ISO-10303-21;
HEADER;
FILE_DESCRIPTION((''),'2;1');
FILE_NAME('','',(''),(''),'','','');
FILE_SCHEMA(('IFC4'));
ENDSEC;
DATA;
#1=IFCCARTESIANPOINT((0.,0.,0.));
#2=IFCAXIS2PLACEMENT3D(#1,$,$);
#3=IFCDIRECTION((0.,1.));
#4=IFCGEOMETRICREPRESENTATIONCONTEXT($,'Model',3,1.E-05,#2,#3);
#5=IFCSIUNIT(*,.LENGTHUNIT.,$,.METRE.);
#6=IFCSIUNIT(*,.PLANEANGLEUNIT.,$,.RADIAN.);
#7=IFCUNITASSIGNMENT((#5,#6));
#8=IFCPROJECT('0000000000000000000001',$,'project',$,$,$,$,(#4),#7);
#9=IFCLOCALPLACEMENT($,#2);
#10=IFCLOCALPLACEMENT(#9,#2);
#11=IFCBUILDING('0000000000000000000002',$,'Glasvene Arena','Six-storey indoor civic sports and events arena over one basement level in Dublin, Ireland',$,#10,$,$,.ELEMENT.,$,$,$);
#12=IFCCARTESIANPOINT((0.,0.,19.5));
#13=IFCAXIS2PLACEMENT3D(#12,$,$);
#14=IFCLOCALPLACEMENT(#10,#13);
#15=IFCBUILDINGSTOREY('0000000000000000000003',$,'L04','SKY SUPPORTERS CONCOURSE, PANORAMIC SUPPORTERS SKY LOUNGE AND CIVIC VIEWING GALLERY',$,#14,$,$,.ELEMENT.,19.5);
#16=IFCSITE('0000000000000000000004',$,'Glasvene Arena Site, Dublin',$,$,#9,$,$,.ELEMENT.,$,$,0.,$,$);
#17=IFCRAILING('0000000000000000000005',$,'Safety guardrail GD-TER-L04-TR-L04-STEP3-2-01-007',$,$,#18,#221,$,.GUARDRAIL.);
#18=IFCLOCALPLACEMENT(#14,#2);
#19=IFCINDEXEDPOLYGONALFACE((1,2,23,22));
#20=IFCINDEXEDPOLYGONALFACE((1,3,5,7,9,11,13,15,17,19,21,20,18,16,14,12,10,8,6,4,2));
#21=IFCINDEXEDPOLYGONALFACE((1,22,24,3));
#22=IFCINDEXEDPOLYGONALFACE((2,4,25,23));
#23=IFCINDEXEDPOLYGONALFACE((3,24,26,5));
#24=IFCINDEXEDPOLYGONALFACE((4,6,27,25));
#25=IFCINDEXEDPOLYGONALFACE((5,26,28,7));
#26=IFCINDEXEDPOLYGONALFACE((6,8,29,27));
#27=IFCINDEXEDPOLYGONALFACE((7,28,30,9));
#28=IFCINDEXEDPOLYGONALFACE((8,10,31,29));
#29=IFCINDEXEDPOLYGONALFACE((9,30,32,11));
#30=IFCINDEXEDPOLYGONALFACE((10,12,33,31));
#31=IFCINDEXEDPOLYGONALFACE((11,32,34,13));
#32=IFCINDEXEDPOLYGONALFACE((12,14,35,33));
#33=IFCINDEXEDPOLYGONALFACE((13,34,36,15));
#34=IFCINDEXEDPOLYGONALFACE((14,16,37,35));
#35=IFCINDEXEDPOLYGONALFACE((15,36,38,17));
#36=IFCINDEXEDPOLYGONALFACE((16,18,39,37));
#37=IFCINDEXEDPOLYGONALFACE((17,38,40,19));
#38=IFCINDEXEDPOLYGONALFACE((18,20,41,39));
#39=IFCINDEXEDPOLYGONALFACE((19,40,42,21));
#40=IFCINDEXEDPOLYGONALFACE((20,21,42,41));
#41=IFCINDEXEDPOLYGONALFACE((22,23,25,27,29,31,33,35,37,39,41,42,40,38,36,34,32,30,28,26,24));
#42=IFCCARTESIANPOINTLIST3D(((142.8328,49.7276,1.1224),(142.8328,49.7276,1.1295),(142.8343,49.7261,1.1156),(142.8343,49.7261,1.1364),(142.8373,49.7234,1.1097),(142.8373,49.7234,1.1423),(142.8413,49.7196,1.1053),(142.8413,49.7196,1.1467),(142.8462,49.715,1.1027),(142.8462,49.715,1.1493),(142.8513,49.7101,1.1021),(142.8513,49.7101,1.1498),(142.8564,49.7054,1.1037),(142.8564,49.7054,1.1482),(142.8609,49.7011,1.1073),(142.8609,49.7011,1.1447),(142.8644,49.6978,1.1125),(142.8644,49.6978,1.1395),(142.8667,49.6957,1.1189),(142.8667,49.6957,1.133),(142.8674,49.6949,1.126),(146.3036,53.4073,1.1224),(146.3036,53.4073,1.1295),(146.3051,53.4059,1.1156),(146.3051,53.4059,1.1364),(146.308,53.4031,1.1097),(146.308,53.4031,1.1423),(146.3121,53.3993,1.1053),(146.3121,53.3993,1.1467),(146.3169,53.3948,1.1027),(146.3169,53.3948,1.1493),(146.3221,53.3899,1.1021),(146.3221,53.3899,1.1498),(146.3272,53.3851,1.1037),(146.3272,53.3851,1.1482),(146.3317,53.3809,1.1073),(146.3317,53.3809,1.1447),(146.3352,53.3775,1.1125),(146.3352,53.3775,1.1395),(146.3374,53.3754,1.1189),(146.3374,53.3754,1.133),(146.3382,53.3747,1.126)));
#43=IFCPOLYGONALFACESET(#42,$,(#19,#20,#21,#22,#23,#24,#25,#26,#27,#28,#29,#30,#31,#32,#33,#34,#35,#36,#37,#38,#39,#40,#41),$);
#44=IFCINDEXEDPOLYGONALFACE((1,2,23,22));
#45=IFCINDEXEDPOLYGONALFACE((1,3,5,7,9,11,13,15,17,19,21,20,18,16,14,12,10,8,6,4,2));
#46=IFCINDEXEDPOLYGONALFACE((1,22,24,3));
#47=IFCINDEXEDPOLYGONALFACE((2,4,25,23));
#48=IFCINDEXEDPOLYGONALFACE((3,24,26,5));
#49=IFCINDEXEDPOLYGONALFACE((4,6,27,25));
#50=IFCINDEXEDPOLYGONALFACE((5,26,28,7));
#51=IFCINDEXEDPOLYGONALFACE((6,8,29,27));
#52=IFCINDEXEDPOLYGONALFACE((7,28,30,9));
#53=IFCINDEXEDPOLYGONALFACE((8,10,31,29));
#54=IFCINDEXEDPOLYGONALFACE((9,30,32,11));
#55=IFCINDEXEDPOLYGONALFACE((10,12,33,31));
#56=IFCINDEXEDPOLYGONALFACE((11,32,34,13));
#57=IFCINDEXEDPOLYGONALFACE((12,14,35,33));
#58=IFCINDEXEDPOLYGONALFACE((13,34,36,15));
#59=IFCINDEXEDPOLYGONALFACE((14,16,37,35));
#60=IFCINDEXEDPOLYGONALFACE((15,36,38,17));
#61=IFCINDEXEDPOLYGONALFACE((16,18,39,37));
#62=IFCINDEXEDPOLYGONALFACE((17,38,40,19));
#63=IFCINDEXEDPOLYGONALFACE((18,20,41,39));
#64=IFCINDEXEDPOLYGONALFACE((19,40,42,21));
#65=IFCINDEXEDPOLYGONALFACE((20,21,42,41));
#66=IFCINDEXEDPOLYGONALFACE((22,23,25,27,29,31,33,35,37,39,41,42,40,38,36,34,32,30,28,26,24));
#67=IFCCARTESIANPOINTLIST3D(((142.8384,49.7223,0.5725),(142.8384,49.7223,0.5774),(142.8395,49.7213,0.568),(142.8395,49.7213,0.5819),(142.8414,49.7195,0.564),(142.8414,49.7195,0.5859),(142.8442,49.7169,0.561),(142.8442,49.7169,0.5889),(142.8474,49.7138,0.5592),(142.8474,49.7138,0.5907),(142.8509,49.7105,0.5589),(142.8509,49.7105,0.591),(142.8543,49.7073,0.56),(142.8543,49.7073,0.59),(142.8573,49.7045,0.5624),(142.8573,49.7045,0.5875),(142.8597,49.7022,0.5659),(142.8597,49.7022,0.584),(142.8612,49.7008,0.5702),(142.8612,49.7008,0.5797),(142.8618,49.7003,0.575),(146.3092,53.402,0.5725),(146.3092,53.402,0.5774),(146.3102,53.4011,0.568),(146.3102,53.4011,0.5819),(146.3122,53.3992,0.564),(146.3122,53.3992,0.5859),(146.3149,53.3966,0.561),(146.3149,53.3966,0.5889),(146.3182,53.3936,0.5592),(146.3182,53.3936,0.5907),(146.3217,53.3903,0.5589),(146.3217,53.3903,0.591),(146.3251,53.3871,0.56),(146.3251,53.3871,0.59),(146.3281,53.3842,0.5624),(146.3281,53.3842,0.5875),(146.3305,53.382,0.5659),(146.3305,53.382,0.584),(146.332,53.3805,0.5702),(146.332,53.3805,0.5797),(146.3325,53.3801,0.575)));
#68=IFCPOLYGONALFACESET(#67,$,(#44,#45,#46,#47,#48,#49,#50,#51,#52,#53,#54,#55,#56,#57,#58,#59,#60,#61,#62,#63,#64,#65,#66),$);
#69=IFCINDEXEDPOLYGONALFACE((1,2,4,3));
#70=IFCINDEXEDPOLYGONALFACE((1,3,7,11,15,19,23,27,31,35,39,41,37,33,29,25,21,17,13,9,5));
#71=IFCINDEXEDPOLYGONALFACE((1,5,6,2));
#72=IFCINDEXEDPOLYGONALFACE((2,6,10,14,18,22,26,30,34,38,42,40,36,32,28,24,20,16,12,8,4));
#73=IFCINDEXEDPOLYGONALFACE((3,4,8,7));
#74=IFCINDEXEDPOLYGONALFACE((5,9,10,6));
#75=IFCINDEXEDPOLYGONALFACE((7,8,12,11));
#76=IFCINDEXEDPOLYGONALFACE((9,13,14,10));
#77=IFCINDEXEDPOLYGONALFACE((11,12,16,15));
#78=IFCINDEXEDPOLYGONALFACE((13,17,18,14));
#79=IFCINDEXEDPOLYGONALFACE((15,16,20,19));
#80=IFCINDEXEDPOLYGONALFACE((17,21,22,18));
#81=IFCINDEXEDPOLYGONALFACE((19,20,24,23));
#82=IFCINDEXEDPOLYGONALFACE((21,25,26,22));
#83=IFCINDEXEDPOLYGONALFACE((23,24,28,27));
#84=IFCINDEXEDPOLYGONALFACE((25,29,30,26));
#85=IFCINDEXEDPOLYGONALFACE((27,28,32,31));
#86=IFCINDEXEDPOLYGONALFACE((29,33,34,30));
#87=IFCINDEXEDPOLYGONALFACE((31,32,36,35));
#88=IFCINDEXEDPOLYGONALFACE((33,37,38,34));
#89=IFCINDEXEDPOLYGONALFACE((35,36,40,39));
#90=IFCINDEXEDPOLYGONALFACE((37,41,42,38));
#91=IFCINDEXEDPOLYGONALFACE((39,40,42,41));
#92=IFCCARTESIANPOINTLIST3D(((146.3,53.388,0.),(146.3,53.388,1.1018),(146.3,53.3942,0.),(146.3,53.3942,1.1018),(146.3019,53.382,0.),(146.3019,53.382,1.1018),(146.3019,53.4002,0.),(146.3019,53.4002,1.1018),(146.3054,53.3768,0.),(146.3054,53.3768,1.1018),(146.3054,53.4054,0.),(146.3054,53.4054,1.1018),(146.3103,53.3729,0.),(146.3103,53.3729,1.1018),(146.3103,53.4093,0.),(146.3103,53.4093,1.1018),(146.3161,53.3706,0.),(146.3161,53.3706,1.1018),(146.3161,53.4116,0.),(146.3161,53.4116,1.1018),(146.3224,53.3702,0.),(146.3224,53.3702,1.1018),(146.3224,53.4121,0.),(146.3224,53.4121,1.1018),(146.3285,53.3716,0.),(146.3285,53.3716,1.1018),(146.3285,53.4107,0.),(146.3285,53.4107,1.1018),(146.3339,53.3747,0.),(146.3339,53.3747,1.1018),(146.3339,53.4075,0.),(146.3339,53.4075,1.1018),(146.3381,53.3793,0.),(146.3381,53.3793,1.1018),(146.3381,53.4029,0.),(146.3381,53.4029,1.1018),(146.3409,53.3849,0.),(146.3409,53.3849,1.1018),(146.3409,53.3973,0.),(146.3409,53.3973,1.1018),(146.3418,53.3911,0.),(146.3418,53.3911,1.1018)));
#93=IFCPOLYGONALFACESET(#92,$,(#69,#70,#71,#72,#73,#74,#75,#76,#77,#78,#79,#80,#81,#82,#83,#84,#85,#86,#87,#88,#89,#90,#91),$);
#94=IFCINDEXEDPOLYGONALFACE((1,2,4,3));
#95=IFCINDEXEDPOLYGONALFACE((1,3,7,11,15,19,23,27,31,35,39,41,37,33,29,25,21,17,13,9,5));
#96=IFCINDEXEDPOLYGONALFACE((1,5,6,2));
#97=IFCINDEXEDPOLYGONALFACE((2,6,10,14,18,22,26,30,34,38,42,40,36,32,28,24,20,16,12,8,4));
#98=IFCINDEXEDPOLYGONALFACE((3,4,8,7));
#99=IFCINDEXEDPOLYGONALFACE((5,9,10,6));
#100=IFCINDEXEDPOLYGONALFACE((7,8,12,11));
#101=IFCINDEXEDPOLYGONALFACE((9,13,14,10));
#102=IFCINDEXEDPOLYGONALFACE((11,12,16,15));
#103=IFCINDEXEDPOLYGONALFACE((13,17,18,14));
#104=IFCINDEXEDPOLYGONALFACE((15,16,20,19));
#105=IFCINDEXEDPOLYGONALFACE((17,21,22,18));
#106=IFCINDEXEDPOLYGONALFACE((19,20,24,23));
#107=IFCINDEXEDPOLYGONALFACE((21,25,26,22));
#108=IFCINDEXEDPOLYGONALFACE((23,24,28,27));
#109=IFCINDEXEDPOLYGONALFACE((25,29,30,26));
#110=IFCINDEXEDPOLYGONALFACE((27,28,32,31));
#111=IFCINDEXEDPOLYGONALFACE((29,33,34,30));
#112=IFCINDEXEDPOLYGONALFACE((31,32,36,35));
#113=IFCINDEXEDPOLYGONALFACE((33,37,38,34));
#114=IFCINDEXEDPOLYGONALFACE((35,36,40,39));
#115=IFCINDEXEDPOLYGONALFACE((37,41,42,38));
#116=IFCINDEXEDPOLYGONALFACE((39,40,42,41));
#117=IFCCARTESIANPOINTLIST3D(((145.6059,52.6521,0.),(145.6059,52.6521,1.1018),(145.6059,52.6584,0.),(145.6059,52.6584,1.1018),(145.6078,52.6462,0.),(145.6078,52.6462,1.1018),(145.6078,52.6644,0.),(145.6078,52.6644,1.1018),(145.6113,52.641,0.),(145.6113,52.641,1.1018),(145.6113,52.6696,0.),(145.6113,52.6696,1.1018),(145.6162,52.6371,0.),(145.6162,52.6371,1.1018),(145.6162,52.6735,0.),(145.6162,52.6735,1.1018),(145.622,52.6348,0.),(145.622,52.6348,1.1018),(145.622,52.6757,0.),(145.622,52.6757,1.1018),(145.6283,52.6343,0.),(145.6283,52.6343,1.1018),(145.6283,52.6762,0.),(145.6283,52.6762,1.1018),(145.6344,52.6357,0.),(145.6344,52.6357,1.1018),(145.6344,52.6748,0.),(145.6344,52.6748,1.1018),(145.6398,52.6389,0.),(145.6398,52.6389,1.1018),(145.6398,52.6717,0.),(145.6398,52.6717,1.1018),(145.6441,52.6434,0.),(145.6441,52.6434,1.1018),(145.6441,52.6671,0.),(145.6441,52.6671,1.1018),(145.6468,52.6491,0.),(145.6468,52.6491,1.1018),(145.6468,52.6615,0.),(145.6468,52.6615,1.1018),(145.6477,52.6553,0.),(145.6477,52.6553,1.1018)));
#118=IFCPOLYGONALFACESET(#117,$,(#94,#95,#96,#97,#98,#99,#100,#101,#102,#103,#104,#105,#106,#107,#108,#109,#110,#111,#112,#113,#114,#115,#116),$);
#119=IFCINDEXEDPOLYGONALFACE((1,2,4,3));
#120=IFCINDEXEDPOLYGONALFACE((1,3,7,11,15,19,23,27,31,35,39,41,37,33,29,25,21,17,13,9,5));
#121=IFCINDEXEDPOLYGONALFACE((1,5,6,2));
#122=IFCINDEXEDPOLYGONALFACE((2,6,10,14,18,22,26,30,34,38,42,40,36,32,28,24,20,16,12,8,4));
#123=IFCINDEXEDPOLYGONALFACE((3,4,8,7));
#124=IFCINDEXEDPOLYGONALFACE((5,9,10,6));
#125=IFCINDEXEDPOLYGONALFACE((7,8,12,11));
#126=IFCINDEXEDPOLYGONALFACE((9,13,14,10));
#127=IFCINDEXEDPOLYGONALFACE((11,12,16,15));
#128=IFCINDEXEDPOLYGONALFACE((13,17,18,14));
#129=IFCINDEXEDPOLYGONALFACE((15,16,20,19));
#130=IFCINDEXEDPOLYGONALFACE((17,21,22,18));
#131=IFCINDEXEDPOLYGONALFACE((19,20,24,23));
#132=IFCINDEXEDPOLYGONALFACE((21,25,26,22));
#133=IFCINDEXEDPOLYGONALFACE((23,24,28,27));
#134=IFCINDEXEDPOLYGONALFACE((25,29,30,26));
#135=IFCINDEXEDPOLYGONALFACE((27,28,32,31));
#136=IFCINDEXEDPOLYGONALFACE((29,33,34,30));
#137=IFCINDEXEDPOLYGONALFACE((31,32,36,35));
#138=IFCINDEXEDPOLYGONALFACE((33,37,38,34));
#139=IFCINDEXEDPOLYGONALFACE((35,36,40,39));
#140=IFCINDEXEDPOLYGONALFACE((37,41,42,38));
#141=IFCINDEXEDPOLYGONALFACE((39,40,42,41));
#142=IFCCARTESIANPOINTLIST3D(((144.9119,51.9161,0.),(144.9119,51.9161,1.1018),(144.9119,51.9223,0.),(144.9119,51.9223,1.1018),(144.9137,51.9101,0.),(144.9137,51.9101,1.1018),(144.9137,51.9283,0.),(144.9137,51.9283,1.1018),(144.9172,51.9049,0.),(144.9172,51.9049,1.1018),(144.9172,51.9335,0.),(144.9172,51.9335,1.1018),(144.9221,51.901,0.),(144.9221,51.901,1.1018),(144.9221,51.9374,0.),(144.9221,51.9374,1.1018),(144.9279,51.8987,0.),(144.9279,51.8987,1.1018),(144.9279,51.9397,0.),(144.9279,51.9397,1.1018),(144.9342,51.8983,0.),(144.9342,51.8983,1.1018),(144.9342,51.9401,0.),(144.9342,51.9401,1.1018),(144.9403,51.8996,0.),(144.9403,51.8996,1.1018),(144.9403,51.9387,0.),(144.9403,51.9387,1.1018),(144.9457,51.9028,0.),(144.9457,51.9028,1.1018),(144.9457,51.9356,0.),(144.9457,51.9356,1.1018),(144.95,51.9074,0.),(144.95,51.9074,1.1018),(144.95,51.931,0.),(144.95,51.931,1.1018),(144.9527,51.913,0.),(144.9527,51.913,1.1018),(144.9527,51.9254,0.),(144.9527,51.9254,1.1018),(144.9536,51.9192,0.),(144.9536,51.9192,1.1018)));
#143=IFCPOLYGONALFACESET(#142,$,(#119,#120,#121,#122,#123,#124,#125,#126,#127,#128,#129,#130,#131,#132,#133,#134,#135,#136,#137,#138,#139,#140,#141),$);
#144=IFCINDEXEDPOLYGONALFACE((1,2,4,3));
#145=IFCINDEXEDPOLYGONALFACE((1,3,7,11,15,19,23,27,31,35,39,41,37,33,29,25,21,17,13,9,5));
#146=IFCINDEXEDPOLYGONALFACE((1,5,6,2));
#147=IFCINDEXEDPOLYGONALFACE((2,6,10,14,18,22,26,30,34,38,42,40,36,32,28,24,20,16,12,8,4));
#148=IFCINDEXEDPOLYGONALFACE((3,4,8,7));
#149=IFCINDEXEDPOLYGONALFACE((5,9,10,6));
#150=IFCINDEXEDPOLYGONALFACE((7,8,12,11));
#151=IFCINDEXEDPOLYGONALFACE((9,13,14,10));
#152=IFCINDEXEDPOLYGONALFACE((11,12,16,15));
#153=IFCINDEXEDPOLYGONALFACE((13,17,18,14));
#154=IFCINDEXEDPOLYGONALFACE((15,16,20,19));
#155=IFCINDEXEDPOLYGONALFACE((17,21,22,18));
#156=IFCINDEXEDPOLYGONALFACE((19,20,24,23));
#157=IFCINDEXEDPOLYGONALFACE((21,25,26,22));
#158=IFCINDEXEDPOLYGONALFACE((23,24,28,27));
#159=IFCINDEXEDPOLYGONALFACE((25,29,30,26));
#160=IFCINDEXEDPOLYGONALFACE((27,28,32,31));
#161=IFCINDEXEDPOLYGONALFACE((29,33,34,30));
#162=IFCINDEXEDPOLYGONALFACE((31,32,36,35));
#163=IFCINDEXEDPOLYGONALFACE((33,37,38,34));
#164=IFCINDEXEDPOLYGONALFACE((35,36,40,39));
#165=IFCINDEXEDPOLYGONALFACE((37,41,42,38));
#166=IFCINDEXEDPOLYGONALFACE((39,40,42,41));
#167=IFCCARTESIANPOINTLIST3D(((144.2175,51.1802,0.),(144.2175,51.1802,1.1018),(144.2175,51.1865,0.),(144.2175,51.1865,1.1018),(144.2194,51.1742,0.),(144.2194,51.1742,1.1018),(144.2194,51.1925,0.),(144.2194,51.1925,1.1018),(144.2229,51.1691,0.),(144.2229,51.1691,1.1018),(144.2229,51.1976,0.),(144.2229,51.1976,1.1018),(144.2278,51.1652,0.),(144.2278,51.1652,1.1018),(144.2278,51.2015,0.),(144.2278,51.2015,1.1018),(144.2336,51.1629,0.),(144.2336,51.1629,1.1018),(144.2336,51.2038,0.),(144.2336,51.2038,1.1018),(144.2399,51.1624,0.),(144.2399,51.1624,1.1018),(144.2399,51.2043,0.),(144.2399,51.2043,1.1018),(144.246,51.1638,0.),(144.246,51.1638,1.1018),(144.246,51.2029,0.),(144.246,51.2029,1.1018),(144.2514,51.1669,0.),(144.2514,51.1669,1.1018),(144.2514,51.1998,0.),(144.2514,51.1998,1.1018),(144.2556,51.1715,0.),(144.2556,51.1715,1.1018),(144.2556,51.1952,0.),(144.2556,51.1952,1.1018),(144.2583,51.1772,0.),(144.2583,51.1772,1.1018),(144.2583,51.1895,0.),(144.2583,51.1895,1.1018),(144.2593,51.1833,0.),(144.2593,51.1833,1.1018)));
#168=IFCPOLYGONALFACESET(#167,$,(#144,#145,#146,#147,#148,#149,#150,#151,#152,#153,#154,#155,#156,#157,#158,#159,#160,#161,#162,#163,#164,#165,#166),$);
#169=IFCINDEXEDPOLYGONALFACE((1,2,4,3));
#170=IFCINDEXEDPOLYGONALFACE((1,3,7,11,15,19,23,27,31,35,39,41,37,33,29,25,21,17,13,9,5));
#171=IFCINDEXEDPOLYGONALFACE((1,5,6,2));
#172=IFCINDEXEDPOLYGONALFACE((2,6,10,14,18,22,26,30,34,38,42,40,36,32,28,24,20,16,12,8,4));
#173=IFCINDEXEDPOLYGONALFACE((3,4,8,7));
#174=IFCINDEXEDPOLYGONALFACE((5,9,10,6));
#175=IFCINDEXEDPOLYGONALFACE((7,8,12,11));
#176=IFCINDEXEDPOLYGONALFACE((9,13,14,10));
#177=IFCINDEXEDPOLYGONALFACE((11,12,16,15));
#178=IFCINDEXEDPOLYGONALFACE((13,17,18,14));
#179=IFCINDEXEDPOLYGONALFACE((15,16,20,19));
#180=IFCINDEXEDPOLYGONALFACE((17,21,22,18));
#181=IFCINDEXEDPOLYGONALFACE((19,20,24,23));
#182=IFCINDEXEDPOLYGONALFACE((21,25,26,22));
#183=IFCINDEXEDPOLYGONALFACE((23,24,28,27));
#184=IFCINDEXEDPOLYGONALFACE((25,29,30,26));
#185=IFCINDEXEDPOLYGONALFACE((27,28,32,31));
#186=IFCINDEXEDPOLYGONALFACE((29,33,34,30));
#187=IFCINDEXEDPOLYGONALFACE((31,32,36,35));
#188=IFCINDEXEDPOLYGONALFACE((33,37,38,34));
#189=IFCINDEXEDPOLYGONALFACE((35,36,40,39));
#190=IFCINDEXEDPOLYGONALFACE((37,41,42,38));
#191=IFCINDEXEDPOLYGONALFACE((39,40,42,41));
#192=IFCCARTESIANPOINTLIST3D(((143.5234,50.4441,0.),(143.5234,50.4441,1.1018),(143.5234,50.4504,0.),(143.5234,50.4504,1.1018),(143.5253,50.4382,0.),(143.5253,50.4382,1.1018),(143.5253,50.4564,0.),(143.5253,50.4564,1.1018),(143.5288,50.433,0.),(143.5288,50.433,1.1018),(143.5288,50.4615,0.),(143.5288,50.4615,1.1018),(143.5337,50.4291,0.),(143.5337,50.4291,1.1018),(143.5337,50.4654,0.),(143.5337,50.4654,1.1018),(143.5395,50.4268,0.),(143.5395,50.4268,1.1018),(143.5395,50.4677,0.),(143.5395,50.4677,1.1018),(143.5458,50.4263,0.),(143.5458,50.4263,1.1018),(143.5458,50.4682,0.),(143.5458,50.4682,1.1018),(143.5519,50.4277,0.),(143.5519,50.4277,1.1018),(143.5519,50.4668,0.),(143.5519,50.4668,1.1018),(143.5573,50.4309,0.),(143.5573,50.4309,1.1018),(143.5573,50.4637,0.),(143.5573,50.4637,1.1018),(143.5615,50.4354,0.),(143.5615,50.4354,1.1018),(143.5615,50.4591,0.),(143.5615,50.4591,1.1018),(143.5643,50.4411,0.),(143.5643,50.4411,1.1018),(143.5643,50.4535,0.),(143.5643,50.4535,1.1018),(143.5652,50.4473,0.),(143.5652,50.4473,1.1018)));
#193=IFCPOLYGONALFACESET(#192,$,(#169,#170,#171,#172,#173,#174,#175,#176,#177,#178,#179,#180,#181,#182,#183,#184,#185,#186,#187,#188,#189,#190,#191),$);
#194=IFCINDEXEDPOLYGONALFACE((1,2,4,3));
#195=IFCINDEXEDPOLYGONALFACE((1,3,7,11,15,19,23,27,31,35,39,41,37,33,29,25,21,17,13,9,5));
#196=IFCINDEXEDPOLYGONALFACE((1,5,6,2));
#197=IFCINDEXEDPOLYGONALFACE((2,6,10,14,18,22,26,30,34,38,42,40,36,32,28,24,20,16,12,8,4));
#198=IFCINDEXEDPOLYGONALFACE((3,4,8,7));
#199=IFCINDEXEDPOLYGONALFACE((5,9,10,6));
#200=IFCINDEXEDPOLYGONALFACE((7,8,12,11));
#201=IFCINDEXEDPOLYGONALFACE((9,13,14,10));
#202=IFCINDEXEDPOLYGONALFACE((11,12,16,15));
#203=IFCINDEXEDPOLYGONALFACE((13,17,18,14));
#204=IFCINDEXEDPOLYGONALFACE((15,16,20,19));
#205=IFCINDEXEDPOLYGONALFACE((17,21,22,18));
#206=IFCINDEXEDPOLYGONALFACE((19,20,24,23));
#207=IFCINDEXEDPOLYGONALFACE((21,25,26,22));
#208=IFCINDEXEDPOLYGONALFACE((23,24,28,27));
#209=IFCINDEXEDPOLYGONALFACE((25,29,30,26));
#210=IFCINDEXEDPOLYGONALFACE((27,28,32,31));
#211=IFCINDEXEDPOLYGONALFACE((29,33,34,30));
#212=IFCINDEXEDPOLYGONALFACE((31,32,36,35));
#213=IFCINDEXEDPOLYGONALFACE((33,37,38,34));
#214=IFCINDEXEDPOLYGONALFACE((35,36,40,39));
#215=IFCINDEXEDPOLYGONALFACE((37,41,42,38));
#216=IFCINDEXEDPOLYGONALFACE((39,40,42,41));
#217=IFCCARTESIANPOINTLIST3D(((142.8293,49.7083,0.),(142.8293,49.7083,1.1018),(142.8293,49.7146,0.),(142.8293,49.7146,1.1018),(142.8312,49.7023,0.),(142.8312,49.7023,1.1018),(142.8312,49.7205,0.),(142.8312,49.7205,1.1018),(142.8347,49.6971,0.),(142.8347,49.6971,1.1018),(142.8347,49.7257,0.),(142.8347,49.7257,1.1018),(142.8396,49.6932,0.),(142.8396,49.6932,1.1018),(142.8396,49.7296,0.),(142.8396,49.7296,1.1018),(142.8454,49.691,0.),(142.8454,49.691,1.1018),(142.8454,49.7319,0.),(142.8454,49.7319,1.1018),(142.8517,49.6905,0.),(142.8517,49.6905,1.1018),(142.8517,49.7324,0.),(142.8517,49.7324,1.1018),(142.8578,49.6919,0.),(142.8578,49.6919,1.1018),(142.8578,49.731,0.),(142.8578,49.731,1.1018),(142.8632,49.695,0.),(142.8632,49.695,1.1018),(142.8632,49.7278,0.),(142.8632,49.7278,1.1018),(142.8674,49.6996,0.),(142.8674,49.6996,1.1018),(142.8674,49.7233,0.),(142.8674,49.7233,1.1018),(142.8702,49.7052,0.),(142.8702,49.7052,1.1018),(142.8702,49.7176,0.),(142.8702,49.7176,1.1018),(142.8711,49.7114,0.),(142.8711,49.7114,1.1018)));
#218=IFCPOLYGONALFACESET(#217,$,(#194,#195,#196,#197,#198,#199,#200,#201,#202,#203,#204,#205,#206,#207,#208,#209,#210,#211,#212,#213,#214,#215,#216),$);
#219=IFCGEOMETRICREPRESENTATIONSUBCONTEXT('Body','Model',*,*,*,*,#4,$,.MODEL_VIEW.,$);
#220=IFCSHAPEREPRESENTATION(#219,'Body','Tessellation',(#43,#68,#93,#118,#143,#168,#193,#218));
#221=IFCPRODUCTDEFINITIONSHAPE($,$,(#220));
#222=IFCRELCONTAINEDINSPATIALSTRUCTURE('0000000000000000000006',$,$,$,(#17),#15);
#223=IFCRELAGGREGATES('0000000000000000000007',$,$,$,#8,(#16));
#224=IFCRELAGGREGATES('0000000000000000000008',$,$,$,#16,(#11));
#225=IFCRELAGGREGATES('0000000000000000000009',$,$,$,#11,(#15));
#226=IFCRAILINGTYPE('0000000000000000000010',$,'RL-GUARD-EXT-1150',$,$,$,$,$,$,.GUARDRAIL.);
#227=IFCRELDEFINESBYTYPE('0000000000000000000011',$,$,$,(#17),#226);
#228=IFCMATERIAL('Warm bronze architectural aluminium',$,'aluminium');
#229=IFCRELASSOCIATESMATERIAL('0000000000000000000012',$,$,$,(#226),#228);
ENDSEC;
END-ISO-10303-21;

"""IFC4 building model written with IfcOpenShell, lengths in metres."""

from ifc_helpers import new_model, si_unit, direction, frame, origin, origin_2d, place, context, subcontext, project, spatial, circle, extrude, material, type_object, element, save


model = new_model("IFC4")

# Units and contexts
model_context = context("Model", 3, precision=1e-05, world=origin(), true_north=direction((0.0, 1.0)))
body_context = subcontext(model_context, "Body", "Model", "MODEL_VIEW")
ifc_project = project(units=[si_unit("LENGTHUNIT", "METRE"), si_unit("PLANEANGLEUNIT", "RADIAN")], contexts=[model_context])

# Site, building, storey
site_placement = place(None, origin())
site = spatial("IfcSite", under=ifc_project, at=site_placement, Name="Glasvene Arena Site, Dublin", CompositionType="ELEMENT", RefElevation=0.0)
building_placement = place(site_placement, origin())
building = spatial("IfcBuilding", under=site, at=building_placement, Name="Glasvene Arena", Description="Six-storey indoor civic sports and events arena over one basement level in Dublin, Ireland", CompositionType="ELEMENT")
storey_placement = place(building_placement, frame((0.0, 0.0, 19.5)))
storey = spatial("IfcBuildingStorey", under=building, at=storey_placement, Name="L04", Description="SKY SUPPORTERS CONCOURSE, PANORAMIC SUPPORTERS SKY LOUNGE AND CIVIC VIEWING GALLERY", CompositionType="ELEMENT", Elevation=19.5)

# Railing
ifc_material_1 = material(Name="Warm bronze architectural aluminium", Category="aluminium")
railing_type = type_object("IfcRailingType", Name="RL-GUARD-EXT-1150", PredefinedType="GUARDRAIL", material=ifc_material_1)
railing_1_placement = place(storey_placement, frame((146.3208, 53.3911, 0.0)))
element("IfcRailing", 1, at=railing_1_placement, inside=storey, type_object=railing_type, Name="Safety guardrail GD-TER-L04-TR-L04-STEP3-2-01-007", PredefinedType="GUARDRAIL", context=body_context, shape_type="SweptSolid", body=[
    extrude(circle(Radius=0.0239, at=origin_2d()), frame((0.0, 0.0, 1.126), z_axis=(-0.686147, -0.727463, 0.0), x_axis=(0.727463, -0.686147, 0.0)), (0.0, 0.0, 1.0), 5.0583),
    extrude(circle(Radius=0.0161, at=origin_2d()), frame((0.0, 0.0, 0.575), z_axis=(-0.686147, -0.727463, 0.0), x_axis=(0.727463, -0.686147, 0.0)), (0.0, 0.0, 1.0), 5.0583),
    extrude(circle(Radius=0.021, at=origin_2d()), origin(), (0.0, 0.0, 1.0), 1.1018),
    extrude(circle(Radius=0.021, at=origin_2d()), frame((-0.6941, -0.7358, 0.0)), (0.0, 0.0, 1.0), 1.1018),
    extrude(circle(Radius=0.021, at=origin_2d()), frame((-1.3882, -1.4719, 0.0)), (0.0, 0.0, 1.0), 1.1018),
    extrude(circle(Radius=0.021, at=origin_2d()), frame((-2.0825, -2.2078, 0.0)), (0.0, 0.0, 1.0), 1.1018),
    extrude(circle(Radius=0.021, at=origin_2d()), frame((-2.7766, -2.9438, 0.0)), (0.0, 0.0, 1.0), 1.1018),
    extrude(circle(Radius=0.021, at=origin_2d()), frame((-3.4707, -3.6797, 0.0)), (0.0, 0.0, 1.0), 1.1018),
])

save(model, "model.ifc")
